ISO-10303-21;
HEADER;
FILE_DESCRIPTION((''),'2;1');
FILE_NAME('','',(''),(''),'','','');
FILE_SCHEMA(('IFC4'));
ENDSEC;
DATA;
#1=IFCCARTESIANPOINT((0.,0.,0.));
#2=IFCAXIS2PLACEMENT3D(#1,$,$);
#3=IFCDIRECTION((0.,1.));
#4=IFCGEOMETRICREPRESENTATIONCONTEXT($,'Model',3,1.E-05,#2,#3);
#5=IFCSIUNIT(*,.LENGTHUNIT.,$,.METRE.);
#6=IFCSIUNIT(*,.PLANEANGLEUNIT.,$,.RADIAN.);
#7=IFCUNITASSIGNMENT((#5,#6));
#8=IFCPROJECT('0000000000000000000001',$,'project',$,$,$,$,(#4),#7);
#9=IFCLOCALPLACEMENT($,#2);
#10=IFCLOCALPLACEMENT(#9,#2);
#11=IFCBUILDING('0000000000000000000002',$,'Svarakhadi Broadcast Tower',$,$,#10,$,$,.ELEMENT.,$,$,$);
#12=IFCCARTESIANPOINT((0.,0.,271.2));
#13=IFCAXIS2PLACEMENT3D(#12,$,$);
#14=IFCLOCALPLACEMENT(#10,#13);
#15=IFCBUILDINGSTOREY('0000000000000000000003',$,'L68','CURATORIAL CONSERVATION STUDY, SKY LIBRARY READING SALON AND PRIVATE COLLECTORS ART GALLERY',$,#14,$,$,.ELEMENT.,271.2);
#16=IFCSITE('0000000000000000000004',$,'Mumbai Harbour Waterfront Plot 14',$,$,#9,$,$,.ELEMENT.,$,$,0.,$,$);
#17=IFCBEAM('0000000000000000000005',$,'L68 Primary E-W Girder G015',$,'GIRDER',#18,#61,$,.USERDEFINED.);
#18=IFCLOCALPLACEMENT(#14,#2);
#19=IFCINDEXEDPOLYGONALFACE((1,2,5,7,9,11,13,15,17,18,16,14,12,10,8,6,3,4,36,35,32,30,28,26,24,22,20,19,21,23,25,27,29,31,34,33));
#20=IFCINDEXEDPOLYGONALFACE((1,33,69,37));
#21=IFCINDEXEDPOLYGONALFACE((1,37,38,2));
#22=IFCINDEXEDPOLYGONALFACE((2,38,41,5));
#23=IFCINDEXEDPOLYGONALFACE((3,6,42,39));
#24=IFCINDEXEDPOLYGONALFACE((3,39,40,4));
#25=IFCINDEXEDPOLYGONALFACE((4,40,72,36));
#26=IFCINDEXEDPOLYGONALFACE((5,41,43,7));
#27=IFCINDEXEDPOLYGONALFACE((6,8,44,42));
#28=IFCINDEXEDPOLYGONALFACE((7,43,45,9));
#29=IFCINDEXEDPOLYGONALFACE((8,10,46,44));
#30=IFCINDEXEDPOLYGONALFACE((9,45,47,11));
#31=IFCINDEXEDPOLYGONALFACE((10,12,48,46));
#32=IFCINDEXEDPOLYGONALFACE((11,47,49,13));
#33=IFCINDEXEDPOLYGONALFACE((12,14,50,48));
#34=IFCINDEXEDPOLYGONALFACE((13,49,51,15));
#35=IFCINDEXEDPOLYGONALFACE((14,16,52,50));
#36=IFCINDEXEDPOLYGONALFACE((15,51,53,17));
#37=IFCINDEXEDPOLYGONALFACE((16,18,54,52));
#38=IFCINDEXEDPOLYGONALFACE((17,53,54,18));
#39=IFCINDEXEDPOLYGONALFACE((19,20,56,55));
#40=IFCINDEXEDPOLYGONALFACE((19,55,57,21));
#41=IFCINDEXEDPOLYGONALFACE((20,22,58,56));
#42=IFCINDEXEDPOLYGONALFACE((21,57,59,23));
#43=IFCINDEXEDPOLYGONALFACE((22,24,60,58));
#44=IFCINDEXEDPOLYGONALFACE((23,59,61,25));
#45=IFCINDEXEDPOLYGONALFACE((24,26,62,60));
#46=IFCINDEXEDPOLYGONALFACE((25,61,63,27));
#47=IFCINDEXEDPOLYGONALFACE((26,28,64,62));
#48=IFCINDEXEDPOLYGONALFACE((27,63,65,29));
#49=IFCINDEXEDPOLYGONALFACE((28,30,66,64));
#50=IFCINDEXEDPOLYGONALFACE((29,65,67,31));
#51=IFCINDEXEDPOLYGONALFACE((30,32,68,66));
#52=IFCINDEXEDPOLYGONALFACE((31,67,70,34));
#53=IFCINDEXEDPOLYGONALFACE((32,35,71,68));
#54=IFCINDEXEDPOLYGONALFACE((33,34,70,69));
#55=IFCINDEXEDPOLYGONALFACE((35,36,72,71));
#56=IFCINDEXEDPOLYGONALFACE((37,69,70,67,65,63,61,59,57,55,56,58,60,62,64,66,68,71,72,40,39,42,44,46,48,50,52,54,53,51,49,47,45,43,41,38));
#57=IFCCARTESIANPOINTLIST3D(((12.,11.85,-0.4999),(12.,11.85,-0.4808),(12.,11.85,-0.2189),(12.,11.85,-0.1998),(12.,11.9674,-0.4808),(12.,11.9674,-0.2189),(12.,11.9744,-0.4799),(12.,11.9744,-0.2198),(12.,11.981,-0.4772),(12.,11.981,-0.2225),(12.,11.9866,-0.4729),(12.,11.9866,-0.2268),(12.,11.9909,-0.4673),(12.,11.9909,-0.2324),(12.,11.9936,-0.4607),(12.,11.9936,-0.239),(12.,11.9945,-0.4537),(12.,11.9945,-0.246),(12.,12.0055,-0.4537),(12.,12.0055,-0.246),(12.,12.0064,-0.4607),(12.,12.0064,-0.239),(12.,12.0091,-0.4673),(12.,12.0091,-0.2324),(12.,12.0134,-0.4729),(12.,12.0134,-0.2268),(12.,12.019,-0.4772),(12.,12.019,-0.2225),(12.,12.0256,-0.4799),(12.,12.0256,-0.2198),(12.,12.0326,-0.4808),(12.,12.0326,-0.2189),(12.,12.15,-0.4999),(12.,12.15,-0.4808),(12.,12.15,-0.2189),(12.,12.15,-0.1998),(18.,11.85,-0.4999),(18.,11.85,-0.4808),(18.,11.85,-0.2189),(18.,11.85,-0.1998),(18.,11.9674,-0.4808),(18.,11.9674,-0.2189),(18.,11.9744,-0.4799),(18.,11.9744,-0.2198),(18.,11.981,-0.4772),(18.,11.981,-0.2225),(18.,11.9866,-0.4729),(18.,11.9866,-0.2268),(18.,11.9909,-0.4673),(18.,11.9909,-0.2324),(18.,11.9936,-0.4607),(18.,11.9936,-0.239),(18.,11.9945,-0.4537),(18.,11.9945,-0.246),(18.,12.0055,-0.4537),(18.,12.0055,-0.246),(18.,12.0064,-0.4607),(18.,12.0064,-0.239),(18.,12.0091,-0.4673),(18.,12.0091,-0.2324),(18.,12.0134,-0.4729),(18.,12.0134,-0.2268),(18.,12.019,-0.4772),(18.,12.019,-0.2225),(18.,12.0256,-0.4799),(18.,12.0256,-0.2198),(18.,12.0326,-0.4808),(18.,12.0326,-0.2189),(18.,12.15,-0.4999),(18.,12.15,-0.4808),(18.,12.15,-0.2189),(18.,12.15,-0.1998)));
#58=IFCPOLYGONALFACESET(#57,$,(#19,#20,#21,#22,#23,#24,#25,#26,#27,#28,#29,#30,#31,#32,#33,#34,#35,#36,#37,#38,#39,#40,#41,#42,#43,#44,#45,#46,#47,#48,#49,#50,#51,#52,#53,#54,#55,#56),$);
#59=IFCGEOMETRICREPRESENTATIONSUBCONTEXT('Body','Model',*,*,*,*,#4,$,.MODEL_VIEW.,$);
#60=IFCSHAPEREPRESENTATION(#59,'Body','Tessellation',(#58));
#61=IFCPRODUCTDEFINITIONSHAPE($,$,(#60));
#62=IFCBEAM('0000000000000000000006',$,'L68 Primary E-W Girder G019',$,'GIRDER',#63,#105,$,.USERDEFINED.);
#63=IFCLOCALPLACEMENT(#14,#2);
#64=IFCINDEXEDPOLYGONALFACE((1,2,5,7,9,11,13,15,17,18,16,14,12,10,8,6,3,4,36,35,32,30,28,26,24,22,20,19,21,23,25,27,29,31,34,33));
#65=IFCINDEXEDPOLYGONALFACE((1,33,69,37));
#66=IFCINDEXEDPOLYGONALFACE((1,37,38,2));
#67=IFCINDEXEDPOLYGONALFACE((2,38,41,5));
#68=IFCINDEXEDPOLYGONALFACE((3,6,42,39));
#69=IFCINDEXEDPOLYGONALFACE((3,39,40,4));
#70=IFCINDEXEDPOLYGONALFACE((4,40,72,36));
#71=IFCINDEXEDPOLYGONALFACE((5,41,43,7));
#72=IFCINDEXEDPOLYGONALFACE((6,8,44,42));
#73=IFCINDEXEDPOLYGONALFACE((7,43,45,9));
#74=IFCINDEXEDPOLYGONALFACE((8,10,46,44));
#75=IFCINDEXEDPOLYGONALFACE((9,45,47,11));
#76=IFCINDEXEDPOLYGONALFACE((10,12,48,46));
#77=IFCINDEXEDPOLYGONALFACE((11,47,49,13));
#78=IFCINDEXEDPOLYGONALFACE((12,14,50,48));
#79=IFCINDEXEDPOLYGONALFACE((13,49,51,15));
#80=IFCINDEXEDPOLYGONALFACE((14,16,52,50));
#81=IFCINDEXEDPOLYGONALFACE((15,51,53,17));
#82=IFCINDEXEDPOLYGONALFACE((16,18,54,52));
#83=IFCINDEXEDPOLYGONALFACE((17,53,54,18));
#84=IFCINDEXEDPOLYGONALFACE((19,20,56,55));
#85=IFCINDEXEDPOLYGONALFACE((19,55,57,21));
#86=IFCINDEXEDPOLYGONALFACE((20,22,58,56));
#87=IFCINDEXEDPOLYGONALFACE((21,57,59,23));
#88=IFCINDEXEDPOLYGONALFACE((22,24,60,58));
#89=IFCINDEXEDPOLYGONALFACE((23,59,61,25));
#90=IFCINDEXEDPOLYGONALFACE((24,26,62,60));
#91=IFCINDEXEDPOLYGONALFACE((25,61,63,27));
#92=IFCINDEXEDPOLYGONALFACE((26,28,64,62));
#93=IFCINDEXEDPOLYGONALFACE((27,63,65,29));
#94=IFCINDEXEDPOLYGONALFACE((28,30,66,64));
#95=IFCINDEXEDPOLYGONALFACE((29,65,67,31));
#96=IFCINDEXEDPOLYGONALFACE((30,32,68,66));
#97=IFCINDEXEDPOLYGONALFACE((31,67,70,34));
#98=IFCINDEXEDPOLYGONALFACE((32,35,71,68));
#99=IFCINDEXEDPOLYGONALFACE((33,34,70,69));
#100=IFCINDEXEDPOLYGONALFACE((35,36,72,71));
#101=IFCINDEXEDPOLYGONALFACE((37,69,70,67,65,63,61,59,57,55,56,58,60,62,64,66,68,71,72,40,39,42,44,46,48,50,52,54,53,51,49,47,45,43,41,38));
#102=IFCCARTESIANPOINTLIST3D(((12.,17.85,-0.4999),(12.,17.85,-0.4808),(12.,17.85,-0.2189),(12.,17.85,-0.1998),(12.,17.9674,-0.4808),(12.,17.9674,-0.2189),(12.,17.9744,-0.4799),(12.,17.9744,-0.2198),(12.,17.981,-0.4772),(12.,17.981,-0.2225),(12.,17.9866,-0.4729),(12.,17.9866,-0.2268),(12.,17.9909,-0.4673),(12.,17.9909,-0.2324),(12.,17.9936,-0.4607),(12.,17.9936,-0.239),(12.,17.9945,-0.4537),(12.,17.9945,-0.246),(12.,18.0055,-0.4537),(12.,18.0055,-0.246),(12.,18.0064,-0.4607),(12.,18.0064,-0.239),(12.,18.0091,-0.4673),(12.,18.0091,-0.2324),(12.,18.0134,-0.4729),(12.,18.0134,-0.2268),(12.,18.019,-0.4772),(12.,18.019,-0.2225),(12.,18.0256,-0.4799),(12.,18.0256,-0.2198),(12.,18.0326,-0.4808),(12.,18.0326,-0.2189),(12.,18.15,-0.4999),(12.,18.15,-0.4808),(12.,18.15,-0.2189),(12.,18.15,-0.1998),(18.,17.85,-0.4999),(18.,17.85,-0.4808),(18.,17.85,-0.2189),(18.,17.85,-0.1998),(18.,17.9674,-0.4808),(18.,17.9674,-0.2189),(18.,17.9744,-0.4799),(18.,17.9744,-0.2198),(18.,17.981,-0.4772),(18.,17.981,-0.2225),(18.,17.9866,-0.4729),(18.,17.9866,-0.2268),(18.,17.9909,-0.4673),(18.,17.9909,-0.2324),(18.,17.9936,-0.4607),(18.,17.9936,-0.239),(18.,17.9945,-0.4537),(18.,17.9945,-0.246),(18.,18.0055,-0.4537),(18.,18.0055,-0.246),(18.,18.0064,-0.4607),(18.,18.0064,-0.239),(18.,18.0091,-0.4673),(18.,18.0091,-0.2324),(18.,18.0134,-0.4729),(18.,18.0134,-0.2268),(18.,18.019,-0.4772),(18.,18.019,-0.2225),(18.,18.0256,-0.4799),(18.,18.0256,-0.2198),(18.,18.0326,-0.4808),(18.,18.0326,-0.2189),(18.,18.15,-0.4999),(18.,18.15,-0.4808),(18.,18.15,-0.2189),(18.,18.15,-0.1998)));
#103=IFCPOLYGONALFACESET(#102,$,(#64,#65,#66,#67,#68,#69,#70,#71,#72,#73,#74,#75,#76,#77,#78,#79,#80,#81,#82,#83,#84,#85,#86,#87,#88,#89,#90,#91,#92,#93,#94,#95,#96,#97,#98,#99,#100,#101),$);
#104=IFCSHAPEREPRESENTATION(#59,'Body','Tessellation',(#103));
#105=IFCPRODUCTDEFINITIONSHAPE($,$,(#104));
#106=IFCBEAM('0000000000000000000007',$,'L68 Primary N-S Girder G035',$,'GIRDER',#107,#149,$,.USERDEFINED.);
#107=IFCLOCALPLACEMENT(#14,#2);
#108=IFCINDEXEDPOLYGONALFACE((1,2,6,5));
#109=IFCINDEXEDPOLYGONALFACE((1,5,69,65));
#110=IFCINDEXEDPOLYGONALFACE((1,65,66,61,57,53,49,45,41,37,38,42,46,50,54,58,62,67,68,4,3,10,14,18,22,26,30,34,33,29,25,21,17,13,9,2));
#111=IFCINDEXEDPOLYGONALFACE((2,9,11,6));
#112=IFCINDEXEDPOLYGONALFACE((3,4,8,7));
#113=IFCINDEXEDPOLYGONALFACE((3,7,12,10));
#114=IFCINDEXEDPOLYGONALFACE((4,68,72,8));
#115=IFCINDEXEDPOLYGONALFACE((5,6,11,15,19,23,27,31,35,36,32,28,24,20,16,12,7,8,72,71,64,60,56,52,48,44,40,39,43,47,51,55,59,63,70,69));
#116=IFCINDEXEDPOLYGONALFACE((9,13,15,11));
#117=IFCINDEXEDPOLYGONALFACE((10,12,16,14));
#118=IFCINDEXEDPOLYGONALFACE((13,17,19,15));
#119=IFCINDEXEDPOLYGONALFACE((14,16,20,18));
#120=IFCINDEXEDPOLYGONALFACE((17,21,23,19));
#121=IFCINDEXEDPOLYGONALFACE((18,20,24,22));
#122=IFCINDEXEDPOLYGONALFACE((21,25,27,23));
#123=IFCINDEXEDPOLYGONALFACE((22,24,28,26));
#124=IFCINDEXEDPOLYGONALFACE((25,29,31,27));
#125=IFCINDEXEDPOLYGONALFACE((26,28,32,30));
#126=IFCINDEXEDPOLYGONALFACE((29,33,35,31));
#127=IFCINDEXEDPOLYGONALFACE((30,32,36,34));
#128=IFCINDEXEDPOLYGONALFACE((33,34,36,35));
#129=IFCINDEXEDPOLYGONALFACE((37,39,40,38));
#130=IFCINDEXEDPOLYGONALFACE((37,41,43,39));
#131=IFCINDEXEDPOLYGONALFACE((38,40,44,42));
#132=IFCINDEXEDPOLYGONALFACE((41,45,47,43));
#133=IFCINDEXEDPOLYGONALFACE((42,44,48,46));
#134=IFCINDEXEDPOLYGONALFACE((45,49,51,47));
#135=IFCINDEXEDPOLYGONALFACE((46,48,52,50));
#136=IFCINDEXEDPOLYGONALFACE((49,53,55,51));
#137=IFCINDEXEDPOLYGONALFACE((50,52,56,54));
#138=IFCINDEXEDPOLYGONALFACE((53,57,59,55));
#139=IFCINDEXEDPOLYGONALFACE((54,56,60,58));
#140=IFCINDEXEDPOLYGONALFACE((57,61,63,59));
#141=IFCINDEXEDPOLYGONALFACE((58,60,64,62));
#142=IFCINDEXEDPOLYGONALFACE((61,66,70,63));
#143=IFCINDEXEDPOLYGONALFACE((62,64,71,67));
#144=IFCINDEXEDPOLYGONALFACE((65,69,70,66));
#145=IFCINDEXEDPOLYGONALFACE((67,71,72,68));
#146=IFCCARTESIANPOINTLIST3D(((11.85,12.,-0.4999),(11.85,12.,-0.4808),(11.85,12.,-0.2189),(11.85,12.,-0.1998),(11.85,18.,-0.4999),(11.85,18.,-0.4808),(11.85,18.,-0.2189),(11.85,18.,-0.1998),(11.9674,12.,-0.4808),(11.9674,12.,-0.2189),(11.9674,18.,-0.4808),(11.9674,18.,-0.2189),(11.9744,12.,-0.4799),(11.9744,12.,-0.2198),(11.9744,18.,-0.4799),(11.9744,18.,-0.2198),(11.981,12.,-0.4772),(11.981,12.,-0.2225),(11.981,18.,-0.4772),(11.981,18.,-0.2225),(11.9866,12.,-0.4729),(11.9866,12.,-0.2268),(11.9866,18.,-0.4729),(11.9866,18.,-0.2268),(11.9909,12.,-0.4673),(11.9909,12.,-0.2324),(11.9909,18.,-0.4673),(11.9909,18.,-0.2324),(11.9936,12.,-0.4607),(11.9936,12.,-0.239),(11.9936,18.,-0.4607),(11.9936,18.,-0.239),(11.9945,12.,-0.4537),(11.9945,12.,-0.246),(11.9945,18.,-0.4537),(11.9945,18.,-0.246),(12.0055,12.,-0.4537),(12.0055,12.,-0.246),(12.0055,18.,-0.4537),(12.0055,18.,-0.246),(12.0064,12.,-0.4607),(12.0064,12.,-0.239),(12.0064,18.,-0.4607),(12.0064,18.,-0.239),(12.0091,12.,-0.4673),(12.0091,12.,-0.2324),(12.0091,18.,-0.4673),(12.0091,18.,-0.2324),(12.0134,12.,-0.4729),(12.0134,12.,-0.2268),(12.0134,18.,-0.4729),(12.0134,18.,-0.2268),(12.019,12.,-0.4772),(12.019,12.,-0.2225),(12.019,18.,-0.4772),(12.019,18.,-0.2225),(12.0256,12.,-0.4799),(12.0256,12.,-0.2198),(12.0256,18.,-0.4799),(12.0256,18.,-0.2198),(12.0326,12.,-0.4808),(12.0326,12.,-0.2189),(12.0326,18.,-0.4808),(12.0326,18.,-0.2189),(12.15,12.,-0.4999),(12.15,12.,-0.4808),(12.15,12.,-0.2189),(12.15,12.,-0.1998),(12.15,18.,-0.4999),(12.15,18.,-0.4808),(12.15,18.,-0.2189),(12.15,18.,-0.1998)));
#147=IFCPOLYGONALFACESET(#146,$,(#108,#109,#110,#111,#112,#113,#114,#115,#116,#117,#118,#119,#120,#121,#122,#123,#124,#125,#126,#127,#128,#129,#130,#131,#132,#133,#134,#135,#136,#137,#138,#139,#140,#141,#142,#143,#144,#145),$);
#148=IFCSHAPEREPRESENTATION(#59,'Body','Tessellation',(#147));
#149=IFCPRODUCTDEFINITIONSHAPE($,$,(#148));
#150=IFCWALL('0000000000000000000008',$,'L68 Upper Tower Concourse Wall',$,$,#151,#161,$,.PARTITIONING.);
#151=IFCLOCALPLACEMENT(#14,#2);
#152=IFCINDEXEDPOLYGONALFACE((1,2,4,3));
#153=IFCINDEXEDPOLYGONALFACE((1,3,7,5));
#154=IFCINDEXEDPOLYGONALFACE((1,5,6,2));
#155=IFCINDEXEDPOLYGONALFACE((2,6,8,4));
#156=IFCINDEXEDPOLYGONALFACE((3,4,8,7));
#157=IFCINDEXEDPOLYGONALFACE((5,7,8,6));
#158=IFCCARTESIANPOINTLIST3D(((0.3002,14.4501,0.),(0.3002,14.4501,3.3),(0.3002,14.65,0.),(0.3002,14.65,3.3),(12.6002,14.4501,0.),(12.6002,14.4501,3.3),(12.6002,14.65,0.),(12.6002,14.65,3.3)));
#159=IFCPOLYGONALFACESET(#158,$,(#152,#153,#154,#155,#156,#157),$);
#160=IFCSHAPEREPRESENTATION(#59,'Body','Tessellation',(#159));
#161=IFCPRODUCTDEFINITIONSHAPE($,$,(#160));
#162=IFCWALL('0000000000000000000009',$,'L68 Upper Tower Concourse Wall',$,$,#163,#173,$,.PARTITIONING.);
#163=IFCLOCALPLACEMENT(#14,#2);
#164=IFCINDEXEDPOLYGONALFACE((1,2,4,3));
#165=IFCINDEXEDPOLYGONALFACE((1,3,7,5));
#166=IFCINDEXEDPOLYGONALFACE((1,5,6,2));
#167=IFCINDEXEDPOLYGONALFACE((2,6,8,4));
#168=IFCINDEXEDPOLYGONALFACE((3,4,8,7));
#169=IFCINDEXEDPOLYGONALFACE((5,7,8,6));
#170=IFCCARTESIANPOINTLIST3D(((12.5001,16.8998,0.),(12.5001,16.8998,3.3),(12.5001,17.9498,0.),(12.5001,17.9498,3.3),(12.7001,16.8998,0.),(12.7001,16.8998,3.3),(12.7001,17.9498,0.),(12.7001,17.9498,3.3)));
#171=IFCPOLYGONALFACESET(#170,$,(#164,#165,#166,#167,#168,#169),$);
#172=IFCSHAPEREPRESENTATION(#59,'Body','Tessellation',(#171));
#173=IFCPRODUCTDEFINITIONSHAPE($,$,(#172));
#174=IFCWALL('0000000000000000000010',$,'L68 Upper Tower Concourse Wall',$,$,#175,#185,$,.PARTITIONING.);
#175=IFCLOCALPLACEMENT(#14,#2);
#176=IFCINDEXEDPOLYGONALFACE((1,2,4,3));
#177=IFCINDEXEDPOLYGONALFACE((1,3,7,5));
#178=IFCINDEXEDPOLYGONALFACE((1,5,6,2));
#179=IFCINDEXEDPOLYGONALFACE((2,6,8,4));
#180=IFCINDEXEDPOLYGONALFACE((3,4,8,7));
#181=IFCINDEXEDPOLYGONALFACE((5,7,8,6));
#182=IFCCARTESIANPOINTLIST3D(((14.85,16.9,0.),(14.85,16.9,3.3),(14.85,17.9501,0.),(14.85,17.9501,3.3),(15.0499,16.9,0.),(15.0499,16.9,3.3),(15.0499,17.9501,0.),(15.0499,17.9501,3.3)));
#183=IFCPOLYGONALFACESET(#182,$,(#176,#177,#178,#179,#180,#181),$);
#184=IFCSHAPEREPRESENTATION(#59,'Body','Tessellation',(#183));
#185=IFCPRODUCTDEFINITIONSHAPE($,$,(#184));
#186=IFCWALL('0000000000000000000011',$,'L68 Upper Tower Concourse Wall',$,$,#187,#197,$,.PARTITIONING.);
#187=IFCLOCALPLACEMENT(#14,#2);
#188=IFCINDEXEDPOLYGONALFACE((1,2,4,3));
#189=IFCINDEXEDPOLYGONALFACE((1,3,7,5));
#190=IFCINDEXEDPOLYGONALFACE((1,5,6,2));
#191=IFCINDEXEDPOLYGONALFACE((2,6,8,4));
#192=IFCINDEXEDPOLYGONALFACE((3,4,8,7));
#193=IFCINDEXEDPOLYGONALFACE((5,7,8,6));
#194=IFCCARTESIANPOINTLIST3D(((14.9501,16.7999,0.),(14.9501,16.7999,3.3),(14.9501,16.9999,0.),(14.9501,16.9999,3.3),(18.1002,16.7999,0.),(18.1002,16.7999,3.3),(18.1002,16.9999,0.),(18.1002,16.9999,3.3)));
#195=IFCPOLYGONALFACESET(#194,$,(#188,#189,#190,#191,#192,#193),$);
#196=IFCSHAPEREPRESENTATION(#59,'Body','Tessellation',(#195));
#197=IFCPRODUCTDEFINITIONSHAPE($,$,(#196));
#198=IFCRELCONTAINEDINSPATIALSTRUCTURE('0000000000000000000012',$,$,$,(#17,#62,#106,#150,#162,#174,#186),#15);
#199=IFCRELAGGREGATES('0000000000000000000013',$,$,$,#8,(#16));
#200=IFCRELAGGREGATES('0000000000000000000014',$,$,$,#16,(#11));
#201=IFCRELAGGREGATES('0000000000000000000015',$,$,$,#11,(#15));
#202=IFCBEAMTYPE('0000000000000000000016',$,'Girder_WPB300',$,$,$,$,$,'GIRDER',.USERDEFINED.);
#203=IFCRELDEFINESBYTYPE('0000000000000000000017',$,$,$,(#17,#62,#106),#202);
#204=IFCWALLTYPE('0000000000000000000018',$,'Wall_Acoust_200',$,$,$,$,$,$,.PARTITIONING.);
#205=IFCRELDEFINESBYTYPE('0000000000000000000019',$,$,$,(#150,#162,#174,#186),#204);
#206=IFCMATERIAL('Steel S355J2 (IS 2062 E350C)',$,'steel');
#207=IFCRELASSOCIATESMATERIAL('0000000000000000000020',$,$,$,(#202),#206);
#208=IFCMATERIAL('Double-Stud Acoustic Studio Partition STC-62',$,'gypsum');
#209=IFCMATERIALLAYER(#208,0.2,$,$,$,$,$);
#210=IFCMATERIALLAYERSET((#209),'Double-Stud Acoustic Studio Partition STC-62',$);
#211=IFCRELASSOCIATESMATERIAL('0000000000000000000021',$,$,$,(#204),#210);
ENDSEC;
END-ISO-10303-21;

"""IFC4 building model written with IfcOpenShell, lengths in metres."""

from ifc_helpers import new_model, si_unit, direction, frame, frame_2d, origin, origin_2d, place, context, subcontext, project, spatial, rectangle, i_section, extrude, material, layer, layer_set, material_profile, profile_set, type_object, element, save


model = new_model("IFC4")

# Units and contexts
model_context = context("Model", 3, precision=1e-05, world=origin(), true_north=direction((0.0, 1.0)))
body_context = subcontext(model_context, "Body", "Model", "MODEL_VIEW")
ifc_project = project(units=[si_unit("LENGTHUNIT", "METRE"), si_unit("PLANEANGLEUNIT", "RADIAN")], contexts=[model_context])

# Site, building, storey
site_placement = place(None, origin())
site = spatial("IfcSite", under=ifc_project, at=site_placement, Name="Mumbai Harbour Waterfront Plot 14", CompositionType="ELEMENT", RefElevation=0.0)
building_placement = place(site_placement, origin())
building = spatial("IfcBuilding", under=site, at=building_placement, Name="Svarakhadi Broadcast Tower", CompositionType="ELEMENT")
storey_placement = place(building_placement, frame((0.0, 0.0, 271.2)))
storey = spatial("IfcBuildingStorey", under=building, at=storey_placement, Name="L68", Description="CURATORIAL CONSERVATION STUDY, SKY LIBRARY READING SALON AND PRIVATE COLLECTORS ART GALLERY", CompositionType="ELEMENT", Elevation=271.2)

# Beams
ifc_material_1 = material(Name="Steel S355J2 (IS 2062 E350C)", Category="steel")
ifc_material_profile_1 = material_profile(ifc_material_1, i_section(OverallWidth=0.3, OverallDepth=0.3, WebThickness=0.011, FlangeThickness=0.019, FilletRadius=0.0271, at=origin_2d()), Name="WPB 300x300x117")
ifc_profile_set_1 = profile_set([ifc_material_profile_1], Name="Steel S355J2 (IS 2062 E350C)")
beam_type_1 = type_object("IfcBeamType", Name="Girder_WPB300", ElementType="GIRDER", PredefinedType="USERDEFINED", material=ifc_profile_set_1)
for number, where, z_axis, x_axis, name in (
    (1, (12.0, 12.0, -0.3499), (1.0, 0.0, 0.0), (0.0, 1.0, 0.0), "L68 Primary E-W Girder G015"),
    (2, (12.0, 18.0, -0.3499), (1.0, 0.0, 0.0), (0.0, 1.0, 0.0), "L68 Primary E-W Girder G019"),
    (3, (12.0, 12.0, -0.3499), (0.0, 1.0, 0.0), (-1.0, 0.0, 0.0), "L68 Primary N-S Girder G035"),
):
    element("IfcBeam", number, at=place(storey_placement, frame(where, z_axis=z_axis, x_axis=x_axis)), inside=storey, type_object=beam_type_1, Name=name, ObjectType="GIRDER", PredefinedType="USERDEFINED", context=body_context, shape_type="SweptSolid", body=[
        extrude(i_section(OverallWidth=0.3, OverallDepth=0.3, WebThickness=0.011, FlangeThickness=0.019, FilletRadius=0.0271, at=origin_2d()), origin(), (0.0, 0.0, 1.0), 6.0),
    ])

# Walls
ifc_material_2 = material(Name="Double-Stud Acoustic Studio Partition STC-62", Category="gypsum")
ifc_layer_1 = layer(ifc_material_2, 0.2)
ifc_layer_set_1 = layer_set([ifc_layer_1], Name="Double-Stud Acoustic Studio Partition STC-62")
wall_type_1 = type_object("IfcWallType", Name="Wall_Acoust_200", PredefinedType="PARTITIONING", material=ifc_layer_set_1)
wall_1_placement = place(storey_placement, frame((12.6001, 14.55, 0.0), z_axis=(0.0, 0.0, 1.0), x_axis=(-1.0, 0.0, 0.0)))
element("IfcWall", 4, at=wall_1_placement, inside=storey, type_object=wall_type_1, Name="L68 Upper Tower Concourse Wall", PredefinedType="PARTITIONING", context=body_context, shape_type="SweptSolid", body=[
    extrude(rectangle(XDim=12.3, YDim=0.2, at=frame_2d((6.1499, 0.0))), origin(), (0.0, 0.0, 1.0), 3.3),
])
for number, where, z_axis, x_axis, name in (
    (5, (12.6001, 16.8999, 0.0), (0.0, 0.0, 1.0), (0.0, 1.0, 0.0), "L68 Upper Tower Concourse Wall"),
    (6, (14.95, 17.95, 0.0), (0.0, 0.0, 1.0), (0.0, -1.0, 0.0), "L68 Upper Tower Concourse Wall"),
):
    element("IfcWall", number, at=place(storey_placement, frame(where, z_axis=z_axis, x_axis=x_axis)), inside=storey, type_object=wall_type_1, Name=name, PredefinedType="PARTITIONING", context=body_context, shape_type="SweptSolid", body=[
        extrude(rectangle(XDim=1.05, YDim=0.2, at=frame_2d((0.5249, 0.0))), origin(), (0.0, 0.0, 1.0), 3.3),
    ])
wall_2_placement = place(storey_placement, frame((14.95, 16.8999, 0.0), z_axis=(0.0, 0.0, 1.0), x_axis=(1.0, 0.0, 0.0)))
element("IfcWall", 7, at=wall_2_placement, inside=storey, type_object=wall_type_1, Name="L68 Upper Tower Concourse Wall", PredefinedType="PARTITIONING", context=body_context, shape_type="SweptSolid", body=[
    extrude(rectangle(XDim=3.1501, YDim=0.2, at=frame_2d((1.5752, 0.0))), origin(), (0.0, 0.0, 1.0), 3.3),
])

save(model, "model.ifc")
